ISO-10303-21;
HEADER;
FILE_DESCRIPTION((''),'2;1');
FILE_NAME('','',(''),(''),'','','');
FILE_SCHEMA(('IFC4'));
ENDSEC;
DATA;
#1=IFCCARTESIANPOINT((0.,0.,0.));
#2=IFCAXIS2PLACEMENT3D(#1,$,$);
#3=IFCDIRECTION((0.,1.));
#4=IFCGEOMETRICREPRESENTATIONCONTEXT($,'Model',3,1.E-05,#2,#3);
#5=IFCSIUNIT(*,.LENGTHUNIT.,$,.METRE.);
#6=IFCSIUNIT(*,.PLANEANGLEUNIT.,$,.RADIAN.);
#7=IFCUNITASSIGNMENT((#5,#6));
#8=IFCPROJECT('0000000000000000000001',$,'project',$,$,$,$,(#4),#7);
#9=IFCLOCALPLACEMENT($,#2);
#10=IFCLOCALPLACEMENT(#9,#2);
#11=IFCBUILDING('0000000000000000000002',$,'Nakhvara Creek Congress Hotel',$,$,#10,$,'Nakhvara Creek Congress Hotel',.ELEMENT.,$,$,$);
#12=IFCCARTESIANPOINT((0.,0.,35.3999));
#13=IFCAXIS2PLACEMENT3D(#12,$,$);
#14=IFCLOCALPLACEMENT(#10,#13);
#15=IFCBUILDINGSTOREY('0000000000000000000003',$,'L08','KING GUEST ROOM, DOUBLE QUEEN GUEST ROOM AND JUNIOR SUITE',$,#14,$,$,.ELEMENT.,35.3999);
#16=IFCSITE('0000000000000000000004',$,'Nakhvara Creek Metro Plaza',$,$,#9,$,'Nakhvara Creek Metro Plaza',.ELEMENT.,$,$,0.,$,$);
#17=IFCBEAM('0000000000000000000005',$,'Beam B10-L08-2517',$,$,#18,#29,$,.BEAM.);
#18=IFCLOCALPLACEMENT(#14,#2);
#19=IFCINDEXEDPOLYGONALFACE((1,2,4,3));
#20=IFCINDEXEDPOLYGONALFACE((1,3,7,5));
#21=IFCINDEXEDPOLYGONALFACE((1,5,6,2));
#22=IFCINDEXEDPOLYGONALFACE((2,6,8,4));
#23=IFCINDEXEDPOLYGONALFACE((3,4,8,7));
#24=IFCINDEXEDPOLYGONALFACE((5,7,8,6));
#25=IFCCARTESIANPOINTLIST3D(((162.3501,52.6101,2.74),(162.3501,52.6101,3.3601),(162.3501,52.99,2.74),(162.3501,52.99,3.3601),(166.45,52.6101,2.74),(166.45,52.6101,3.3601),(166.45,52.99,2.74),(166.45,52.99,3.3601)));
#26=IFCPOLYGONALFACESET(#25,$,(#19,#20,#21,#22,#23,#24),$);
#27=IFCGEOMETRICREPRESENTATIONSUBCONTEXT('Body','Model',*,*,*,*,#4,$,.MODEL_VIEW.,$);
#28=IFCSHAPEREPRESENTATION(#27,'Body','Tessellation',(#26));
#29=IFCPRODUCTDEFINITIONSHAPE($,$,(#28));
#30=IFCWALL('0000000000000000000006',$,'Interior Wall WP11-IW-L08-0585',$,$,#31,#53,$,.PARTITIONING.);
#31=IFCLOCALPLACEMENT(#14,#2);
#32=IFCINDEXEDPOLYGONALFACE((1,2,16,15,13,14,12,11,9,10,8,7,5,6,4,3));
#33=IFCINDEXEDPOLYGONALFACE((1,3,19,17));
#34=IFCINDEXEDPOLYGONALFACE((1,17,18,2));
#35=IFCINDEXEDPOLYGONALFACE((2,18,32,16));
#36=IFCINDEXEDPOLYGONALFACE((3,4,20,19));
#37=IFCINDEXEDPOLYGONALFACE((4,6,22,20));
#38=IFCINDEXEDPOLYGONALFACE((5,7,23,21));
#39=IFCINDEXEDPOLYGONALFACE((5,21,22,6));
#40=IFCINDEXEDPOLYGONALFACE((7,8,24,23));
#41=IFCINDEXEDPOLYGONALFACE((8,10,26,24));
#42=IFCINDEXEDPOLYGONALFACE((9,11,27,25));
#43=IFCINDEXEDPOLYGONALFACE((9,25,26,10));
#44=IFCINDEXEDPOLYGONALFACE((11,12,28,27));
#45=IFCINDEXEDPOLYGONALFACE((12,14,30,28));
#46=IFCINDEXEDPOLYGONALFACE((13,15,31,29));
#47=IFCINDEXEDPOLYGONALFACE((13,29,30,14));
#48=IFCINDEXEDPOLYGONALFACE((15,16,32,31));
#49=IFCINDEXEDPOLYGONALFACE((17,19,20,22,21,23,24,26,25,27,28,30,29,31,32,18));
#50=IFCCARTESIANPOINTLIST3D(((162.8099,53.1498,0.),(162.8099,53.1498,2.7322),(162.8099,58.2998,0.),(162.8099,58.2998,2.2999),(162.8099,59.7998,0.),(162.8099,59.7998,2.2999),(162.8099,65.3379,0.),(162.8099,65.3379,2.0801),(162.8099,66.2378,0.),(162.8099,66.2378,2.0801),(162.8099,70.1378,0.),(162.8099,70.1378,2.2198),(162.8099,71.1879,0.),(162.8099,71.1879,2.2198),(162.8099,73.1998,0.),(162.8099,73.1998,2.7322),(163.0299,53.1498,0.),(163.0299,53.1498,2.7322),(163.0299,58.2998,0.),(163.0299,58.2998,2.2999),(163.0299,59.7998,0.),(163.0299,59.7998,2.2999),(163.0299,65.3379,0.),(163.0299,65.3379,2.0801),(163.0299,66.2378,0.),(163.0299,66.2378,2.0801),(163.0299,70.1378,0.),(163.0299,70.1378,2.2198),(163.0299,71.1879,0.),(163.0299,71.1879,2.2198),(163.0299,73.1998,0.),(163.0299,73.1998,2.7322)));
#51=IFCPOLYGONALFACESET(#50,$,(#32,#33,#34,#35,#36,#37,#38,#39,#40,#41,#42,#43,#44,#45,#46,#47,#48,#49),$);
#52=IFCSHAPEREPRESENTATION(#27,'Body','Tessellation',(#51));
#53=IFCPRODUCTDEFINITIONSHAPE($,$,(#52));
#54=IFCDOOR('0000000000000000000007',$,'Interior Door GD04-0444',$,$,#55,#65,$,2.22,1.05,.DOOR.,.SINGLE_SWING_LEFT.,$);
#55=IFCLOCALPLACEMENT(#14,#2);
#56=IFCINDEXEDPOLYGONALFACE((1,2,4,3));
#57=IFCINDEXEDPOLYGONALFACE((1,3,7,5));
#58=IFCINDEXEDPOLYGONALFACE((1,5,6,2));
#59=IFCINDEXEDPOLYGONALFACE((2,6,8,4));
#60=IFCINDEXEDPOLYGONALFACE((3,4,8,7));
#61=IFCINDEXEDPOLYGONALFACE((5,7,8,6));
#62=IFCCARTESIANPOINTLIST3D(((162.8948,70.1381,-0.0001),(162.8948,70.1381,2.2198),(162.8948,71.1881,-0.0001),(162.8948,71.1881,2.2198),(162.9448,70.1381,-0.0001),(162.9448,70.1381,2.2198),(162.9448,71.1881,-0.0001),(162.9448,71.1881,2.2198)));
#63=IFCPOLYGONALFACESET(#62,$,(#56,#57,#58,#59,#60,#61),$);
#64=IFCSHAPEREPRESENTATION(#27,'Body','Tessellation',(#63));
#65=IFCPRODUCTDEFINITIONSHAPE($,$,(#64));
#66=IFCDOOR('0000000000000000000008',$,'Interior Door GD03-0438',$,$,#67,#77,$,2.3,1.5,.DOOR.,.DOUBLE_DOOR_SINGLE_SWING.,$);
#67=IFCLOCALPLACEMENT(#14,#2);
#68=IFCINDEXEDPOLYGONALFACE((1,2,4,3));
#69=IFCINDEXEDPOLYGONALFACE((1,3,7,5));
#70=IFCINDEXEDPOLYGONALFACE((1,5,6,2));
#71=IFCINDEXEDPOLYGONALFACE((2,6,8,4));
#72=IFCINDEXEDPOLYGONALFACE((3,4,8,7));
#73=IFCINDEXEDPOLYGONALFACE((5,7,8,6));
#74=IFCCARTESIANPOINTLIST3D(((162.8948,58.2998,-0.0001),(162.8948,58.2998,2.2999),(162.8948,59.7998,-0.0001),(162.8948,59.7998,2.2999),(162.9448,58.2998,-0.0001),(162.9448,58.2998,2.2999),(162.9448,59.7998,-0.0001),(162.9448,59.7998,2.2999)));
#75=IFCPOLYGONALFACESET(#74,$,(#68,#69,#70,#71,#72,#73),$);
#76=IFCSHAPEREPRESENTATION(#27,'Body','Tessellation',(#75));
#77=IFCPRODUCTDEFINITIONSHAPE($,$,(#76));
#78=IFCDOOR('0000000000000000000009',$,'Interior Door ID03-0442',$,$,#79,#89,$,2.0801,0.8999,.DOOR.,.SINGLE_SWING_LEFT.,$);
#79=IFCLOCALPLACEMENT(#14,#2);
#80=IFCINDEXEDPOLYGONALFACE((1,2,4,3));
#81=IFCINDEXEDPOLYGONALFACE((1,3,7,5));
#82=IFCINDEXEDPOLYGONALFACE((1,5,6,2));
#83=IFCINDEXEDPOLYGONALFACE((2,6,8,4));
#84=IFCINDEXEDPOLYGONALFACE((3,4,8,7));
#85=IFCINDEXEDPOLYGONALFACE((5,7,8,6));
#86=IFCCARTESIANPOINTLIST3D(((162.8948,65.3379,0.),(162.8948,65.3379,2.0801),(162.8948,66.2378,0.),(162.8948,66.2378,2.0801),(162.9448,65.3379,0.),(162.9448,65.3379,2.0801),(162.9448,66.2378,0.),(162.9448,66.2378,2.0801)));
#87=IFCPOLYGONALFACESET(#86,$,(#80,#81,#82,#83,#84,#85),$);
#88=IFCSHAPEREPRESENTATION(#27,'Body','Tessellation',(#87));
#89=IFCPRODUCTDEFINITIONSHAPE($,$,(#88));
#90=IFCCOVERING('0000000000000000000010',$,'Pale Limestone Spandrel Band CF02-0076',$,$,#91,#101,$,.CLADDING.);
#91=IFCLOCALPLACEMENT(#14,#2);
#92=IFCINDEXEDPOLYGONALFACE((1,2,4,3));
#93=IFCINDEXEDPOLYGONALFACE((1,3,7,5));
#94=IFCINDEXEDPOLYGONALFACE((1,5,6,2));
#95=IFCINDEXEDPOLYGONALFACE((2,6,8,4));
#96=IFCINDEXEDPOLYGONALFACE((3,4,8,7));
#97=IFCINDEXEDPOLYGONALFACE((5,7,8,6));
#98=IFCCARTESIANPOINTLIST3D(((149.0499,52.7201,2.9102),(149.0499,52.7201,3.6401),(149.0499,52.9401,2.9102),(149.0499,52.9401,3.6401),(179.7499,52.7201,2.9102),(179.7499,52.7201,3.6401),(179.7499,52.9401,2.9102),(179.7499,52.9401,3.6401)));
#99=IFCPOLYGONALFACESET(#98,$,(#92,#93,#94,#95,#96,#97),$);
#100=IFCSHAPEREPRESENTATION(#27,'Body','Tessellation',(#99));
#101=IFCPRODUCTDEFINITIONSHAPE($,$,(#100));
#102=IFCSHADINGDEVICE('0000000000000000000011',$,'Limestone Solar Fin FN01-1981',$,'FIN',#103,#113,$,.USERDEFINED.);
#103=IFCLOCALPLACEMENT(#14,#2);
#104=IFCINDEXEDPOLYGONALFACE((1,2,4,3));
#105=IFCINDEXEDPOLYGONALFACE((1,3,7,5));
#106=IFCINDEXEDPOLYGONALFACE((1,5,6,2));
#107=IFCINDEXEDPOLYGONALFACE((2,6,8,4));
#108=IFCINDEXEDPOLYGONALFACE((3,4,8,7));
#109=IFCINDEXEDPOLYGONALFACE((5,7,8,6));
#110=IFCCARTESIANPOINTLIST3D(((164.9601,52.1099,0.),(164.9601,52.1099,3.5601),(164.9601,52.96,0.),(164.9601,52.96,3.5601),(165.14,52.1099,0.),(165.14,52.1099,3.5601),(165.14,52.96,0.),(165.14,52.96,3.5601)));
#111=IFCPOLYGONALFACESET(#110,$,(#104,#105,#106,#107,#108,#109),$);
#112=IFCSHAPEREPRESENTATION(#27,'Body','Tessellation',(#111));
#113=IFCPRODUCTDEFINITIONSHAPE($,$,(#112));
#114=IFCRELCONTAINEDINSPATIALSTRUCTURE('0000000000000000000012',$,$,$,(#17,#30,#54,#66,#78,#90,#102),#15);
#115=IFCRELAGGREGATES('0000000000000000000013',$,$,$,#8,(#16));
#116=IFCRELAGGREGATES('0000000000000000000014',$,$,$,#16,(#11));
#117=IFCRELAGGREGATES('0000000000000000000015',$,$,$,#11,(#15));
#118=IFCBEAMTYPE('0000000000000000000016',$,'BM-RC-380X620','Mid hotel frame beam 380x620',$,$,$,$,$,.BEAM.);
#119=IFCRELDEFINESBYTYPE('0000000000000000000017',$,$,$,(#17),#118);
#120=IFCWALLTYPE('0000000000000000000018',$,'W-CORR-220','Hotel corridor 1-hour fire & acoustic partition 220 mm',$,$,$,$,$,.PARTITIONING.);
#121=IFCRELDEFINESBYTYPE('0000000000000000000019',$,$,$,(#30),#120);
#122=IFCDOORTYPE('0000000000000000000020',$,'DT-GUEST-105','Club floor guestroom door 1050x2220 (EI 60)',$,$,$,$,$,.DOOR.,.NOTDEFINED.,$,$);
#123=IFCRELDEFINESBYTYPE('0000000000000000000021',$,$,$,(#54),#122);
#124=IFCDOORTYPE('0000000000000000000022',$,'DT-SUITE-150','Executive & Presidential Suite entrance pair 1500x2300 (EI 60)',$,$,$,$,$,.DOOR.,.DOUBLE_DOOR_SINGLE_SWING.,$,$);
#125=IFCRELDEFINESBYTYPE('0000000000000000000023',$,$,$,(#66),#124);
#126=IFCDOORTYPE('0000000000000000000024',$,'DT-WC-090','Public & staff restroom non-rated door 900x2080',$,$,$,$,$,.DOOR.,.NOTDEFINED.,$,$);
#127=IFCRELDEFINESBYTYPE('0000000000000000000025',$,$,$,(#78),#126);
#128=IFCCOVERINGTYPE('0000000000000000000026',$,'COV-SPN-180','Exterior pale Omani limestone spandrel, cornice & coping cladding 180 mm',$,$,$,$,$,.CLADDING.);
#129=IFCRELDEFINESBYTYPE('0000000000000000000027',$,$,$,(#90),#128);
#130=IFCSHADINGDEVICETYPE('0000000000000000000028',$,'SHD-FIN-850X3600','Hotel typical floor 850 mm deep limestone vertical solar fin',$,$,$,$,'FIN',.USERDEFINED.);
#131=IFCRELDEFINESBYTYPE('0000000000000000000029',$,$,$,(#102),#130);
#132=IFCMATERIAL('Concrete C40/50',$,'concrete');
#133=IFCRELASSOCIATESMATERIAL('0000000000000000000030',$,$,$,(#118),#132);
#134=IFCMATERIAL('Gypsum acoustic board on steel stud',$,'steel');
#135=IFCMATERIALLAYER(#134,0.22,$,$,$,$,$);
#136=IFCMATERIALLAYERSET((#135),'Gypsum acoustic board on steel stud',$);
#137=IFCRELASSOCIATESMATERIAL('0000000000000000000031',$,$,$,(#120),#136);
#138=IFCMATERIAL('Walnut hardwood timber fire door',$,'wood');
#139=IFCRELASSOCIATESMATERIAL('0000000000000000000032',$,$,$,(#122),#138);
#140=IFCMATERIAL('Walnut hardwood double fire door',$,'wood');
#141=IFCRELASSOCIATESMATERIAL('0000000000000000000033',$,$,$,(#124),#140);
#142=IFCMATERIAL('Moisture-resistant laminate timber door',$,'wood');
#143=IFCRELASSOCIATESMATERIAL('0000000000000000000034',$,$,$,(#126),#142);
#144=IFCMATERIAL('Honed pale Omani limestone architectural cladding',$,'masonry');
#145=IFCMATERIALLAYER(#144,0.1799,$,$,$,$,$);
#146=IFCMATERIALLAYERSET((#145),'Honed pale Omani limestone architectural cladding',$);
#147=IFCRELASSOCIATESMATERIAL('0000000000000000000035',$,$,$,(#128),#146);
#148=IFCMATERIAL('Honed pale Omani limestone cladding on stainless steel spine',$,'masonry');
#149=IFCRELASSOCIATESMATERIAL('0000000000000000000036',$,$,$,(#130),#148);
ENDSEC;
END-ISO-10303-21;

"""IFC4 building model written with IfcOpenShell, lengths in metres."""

from ifc_helpers import new_model, si_unit, direction, frame, frame_2d, origin, origin_2d, place, context, subcontext, project, spatial, rectangle, extrude, material, layer, layer_set, material_profile, profile_set, type_object, element, fill, save


model = new_model("IFC4")

# Units and contexts
model_context = context("Model", 3, precision=1e-05, world=origin(), true_north=direction((0.0, 1.0)))
body_context = subcontext(model_context, "Body", "Model", "MODEL_VIEW")
ifc_project = project(units=[si_unit("LENGTHUNIT", "METRE"), si_unit("PLANEANGLEUNIT", "RADIAN")], contexts=[model_context])

# Site, building, storey
site_placement = place(None, origin())
site = spatial("IfcSite", under=ifc_project, at=site_placement, Name="Nakhvara Creek Metro Plaza", LongName="Nakhvara Creek Metro Plaza", CompositionType="ELEMENT", RefElevation=0.0)
building_placement = place(site_placement, origin())
building = spatial("IfcBuilding", under=site, at=building_placement, Name="Nakhvara Creek Congress Hotel", LongName="Nakhvara Creek Congress Hotel", CompositionType="ELEMENT")
storey_placement = place(building_placement, frame((0.0, 0.0, 35.3999)))
storey = spatial("IfcBuildingStorey", under=building, at=storey_placement, Name="L08", Description="KING GUEST ROOM, DOUBLE QUEEN GUEST ROOM AND JUNIOR SUITE", CompositionType="ELEMENT", Elevation=35.3999)

# Beam
ifc_material_1 = material(Name="Concrete C40/50", Category="concrete")
ifc_material_profile = material_profile(ifc_material_1, rectangle(XDim=0.3799, YDim=0.6201, at=origin_2d()), Name="RC-BM 380x620", Category="LoadBearing")
ifc_profile_set = profile_set([ifc_material_profile], Name="Concrete C40/50")
beam_type = type_object("IfcBeamType", Name="BM-RC-380X620", Description="Mid hotel frame beam 380x620", PredefinedType="BEAM", material=ifc_profile_set)
beam_placement = place(storey_placement, frame((162.3501, 52.8, 3.05), z_axis=(1.0, 0.0, 0.0), x_axis=(0.0, 1.0, 0.0)))
element("IfcBeam", 1, at=beam_placement, inside=storey, type_object=beam_type, Name="Beam B10-L08-2517", PredefinedType="BEAM", context=body_context, shape_type="SweptSolid", body=[
    extrude(rectangle(XDim=0.3799, YDim=0.6201, at=origin_2d()), origin(), (0.0, 0.0, 1.0), 4.0999),
])

# Wall, openings, doors
ifc_material_2 = material(Name="Gypsum acoustic board on steel stud", Category="steel")
ifc_layer_1 = layer(ifc_material_2, 0.22)
ifc_layer_set_1 = layer_set([ifc_layer_1], Name="Gypsum acoustic board on steel stud")
wall_type = type_object("IfcWallType", Name="W-CORR-220", Description="Hotel corridor 1-hour fire & acoustic partition 220 mm", PredefinedType="PARTITIONING", material=ifc_layer_set_1)
wall_placement = place(storey_placement, frame((162.9199, 53.1499, 0.0), z_axis=(0.0, 0.0, 1.0), x_axis=(0.0, 1.0, 0.0)))
wall = element("IfcWall", 2, at=wall_placement, inside=storey, type_object=wall_type, Name="Interior Wall WP11-IW-L08-0585", PredefinedType="PARTITIONING", context=body_context, shape_type="SweptSolid", body=[
    extrude(rectangle(XDim=20.05, YDim=0.22, at=frame_2d((10.0249, 0.0))), origin(), (0.0, 0.0, 1.0), 2.7322),
])
opening_1_placement = place(wall_placement, frame((5.1499, 0.0, 0.0)))
opening_1 = element("IfcOpeningElement", 3, at=opening_1_placement, cuts=wall, PredefinedType="OPENING", context=body_context, shape_type="SweptSolid", body=[
    extrude(rectangle(XDim=1.5, YDim=2.3, at=frame_2d((0.75, 1.1499))), frame((0.0, 0.1221, 0.0), z_axis=(0.0, -1.0, 0.0), x_axis=(1.0, 0.0, 0.0)), (0.0, 0.0, 1.0), 0.2439),
])
opening_2_placement = place(wall_placement, frame((12.188, 0.0, 0.0)))
opening_2 = element("IfcOpeningElement", 4, at=opening_2_placement, cuts=wall, PredefinedType="OPENING", context=body_context, shape_type="SweptSolid", body=[
    extrude(rectangle(XDim=0.8999, YDim=2.0801, at=frame_2d((0.45, 1.04))), frame((0.0, 0.1221, 0.0), z_axis=(0.0, -1.0, 0.0), x_axis=(1.0, 0.0, 0.0)), (0.0, 0.0, 1.0), 0.2439),
])
opening_3_placement = place(wall_placement, frame((16.988, 0.0, 0.0)))
opening_3 = element("IfcOpeningElement", 5, at=opening_3_placement, cuts=wall, PredefinedType="OPENING", context=body_context, shape_type="SweptSolid", body=[
    extrude(rectangle(XDim=1.05, YDim=2.22, at=frame_2d((0.5249, 1.1099))), frame((0.0, 0.1221, 0.0), z_axis=(0.0, -1.0, 0.0), x_axis=(1.0, 0.0, 0.0)), (0.0, 0.0, 1.0), 0.2439),
])
ifc_material_3 = material(Name="Walnut hardwood timber fire door", Category="wood")
door_type_1 = type_object("IfcDoorType", Name="DT-GUEST-105", Description="Club floor guestroom door 1050x2220 (EI 60)", OperationType="NOTDEFINED", PredefinedType="DOOR", material=ifc_material_3)
door_1_placement = place(opening_3_placement, frame((1.05, 0.0, 0.0), z_axis=(0.0, 0.0, 1.0), x_axis=(-1.0, 0.0, 0.0)))
door_1 = element("IfcDoor", 6, at=door_1_placement, inside=storey, type_object=door_type_1, Name="Interior Door GD04-0444", OperationType="SINGLE_SWING_LEFT", OverallHeight=2.22, OverallWidth=1.05, PredefinedType="DOOR", context=body_context, shape_type="SweptSolid", body=[
    extrude(rectangle(XDim=1.05, YDim=2.22, at=frame_2d((0.5249, 1.1099))), frame((0.0, 0.0249, 0.0), z_axis=(0.0, -1.0, 0.0), x_axis=(1.0, 0.0, 0.0)), (0.0, 0.0, 1.0), 0.05),
])
fill(opening_3, door_1)
ifc_material_4 = material(Name="Walnut hardwood double fire door", Category="wood")
door_type_2 = type_object("IfcDoorType", Name="DT-SUITE-150", Description="Executive & Presidential Suite entrance pair 1500x2300 (EI 60)", OperationType="DOUBLE_DOOR_SINGLE_SWING", PredefinedType="DOOR", material=ifc_material_4)
door_2_placement = place(opening_1_placement, frame((1.5, 0.0, 0.0), z_axis=(0.0, 0.0, 1.0), x_axis=(-1.0, 0.0, 0.0)))
door_2 = element("IfcDoor", 7, at=door_2_placement, inside=storey, type_object=door_type_2, Name="Interior Door GD03-0438", OperationType="DOUBLE_DOOR_SINGLE_SWING", OverallHeight=2.3, OverallWidth=1.5, PredefinedType="DOOR", context=body_context, shape_type="SweptSolid", body=[
    extrude(rectangle(XDim=1.5, YDim=2.3, at=frame_2d((0.75, 1.1499))), frame((0.0, 0.0249, 0.0), z_axis=(0.0, -1.0, 0.0), x_axis=(1.0, 0.0, 0.0)), (0.0, 0.0, 1.0), 0.05),
])
fill(opening_1, door_2)
ifc_material_5 = material(Name="Moisture-resistant laminate timber door", Category="wood")
door_type_3 = type_object("IfcDoorType", Name="DT-WC-090", Description="Public & staff restroom non-rated door 900x2080", OperationType="NOTDEFINED", PredefinedType="DOOR", material=ifc_material_5)
door_3_placement = place(opening_2_placement, frame((0.8999, 0.0, 0.0), z_axis=(0.0, 0.0, 1.0), x_axis=(-1.0, 0.0, 0.0)))
door_3 = element("IfcDoor", 8, at=door_3_placement, inside=storey, type_object=door_type_3, Name="Interior Door ID03-0442", OperationType="SINGLE_SWING_LEFT", OverallHeight=2.0801, OverallWidth=0.8999, PredefinedType="DOOR", context=body_context, shape_type="SweptSolid", body=[
    extrude(rectangle(XDim=0.8999, YDim=2.0801, at=frame_2d((0.45, 1.04))), frame((0.0, 0.0249, 0.0), z_axis=(0.0, -1.0, 0.0), x_axis=(1.0, 0.0, 0.0)), (0.0, 0.0, 1.0), 0.05),
])
fill(opening_2, door_3)

# Covering
ifc_material_6 = material(Name="Honed pale Omani limestone architectural cladding", Category="masonry")
ifc_layer_2 = layer(ifc_material_6, 0.1799)
ifc_layer_set_2 = layer_set([ifc_layer_2], Name="Honed pale Omani limestone architectural cladding")
covering_type = type_object("IfcCoveringType", Name="COV-SPN-180", Description="Exterior pale Omani limestone spandrel, cornice & coping cladding 180 mm", PredefinedType="CLADDING", material=ifc_layer_set_2)
covering_placement = place(storey_placement, frame((164.3999, 52.8301, 2.9102), z_axis=(0.0, 0.0, 1.0), x_axis=(1.0, 0.0, 0.0)))
element("IfcCovering", 9, at=covering_placement, inside=storey, type_object=covering_type, Name="Pale Limestone Spandrel Band CF02-0076", PredefinedType="CLADDING", context=body_context, shape_type="SweptSolid", body=[
    extrude(rectangle(XDim=30.7, YDim=0.22, at=origin_2d()), origin(), (0.0, 0.0, 1.0), 0.73),
])

# Shading device
ifc_material_7 = material(Name="Honed pale Omani limestone cladding on stainless steel spine", Category="masonry")
shading_device_type = type_object("IfcShadingDeviceType", Name="SHD-FIN-850X3600", Description="Hotel typical floor 850 mm deep limestone vertical solar fin", ElementType="FIN", PredefinedType="USERDEFINED", material=ifc_material_7)
shading_device_placement = place(storey_placement, frame((165.05, 52.5349, 0.0), z_axis=(0.0, 0.0, 1.0), x_axis=(1.0, 0.0, 0.0)))
element("IfcShadingDevice", 10, at=shading_device_placement, inside=storey, type_object=shading_device_type, Name="Limestone Solar Fin FN01-1981", ObjectType="FIN", PredefinedType="USERDEFINED", context=body_context, shape_type="SweptSolid", body=[
    extrude(rectangle(XDim=0.1799, YDim=0.8501, at=origin_2d()), origin(), (0.0, 0.0, 1.0), 3.5601),
])

save(model, "model.ifc")
